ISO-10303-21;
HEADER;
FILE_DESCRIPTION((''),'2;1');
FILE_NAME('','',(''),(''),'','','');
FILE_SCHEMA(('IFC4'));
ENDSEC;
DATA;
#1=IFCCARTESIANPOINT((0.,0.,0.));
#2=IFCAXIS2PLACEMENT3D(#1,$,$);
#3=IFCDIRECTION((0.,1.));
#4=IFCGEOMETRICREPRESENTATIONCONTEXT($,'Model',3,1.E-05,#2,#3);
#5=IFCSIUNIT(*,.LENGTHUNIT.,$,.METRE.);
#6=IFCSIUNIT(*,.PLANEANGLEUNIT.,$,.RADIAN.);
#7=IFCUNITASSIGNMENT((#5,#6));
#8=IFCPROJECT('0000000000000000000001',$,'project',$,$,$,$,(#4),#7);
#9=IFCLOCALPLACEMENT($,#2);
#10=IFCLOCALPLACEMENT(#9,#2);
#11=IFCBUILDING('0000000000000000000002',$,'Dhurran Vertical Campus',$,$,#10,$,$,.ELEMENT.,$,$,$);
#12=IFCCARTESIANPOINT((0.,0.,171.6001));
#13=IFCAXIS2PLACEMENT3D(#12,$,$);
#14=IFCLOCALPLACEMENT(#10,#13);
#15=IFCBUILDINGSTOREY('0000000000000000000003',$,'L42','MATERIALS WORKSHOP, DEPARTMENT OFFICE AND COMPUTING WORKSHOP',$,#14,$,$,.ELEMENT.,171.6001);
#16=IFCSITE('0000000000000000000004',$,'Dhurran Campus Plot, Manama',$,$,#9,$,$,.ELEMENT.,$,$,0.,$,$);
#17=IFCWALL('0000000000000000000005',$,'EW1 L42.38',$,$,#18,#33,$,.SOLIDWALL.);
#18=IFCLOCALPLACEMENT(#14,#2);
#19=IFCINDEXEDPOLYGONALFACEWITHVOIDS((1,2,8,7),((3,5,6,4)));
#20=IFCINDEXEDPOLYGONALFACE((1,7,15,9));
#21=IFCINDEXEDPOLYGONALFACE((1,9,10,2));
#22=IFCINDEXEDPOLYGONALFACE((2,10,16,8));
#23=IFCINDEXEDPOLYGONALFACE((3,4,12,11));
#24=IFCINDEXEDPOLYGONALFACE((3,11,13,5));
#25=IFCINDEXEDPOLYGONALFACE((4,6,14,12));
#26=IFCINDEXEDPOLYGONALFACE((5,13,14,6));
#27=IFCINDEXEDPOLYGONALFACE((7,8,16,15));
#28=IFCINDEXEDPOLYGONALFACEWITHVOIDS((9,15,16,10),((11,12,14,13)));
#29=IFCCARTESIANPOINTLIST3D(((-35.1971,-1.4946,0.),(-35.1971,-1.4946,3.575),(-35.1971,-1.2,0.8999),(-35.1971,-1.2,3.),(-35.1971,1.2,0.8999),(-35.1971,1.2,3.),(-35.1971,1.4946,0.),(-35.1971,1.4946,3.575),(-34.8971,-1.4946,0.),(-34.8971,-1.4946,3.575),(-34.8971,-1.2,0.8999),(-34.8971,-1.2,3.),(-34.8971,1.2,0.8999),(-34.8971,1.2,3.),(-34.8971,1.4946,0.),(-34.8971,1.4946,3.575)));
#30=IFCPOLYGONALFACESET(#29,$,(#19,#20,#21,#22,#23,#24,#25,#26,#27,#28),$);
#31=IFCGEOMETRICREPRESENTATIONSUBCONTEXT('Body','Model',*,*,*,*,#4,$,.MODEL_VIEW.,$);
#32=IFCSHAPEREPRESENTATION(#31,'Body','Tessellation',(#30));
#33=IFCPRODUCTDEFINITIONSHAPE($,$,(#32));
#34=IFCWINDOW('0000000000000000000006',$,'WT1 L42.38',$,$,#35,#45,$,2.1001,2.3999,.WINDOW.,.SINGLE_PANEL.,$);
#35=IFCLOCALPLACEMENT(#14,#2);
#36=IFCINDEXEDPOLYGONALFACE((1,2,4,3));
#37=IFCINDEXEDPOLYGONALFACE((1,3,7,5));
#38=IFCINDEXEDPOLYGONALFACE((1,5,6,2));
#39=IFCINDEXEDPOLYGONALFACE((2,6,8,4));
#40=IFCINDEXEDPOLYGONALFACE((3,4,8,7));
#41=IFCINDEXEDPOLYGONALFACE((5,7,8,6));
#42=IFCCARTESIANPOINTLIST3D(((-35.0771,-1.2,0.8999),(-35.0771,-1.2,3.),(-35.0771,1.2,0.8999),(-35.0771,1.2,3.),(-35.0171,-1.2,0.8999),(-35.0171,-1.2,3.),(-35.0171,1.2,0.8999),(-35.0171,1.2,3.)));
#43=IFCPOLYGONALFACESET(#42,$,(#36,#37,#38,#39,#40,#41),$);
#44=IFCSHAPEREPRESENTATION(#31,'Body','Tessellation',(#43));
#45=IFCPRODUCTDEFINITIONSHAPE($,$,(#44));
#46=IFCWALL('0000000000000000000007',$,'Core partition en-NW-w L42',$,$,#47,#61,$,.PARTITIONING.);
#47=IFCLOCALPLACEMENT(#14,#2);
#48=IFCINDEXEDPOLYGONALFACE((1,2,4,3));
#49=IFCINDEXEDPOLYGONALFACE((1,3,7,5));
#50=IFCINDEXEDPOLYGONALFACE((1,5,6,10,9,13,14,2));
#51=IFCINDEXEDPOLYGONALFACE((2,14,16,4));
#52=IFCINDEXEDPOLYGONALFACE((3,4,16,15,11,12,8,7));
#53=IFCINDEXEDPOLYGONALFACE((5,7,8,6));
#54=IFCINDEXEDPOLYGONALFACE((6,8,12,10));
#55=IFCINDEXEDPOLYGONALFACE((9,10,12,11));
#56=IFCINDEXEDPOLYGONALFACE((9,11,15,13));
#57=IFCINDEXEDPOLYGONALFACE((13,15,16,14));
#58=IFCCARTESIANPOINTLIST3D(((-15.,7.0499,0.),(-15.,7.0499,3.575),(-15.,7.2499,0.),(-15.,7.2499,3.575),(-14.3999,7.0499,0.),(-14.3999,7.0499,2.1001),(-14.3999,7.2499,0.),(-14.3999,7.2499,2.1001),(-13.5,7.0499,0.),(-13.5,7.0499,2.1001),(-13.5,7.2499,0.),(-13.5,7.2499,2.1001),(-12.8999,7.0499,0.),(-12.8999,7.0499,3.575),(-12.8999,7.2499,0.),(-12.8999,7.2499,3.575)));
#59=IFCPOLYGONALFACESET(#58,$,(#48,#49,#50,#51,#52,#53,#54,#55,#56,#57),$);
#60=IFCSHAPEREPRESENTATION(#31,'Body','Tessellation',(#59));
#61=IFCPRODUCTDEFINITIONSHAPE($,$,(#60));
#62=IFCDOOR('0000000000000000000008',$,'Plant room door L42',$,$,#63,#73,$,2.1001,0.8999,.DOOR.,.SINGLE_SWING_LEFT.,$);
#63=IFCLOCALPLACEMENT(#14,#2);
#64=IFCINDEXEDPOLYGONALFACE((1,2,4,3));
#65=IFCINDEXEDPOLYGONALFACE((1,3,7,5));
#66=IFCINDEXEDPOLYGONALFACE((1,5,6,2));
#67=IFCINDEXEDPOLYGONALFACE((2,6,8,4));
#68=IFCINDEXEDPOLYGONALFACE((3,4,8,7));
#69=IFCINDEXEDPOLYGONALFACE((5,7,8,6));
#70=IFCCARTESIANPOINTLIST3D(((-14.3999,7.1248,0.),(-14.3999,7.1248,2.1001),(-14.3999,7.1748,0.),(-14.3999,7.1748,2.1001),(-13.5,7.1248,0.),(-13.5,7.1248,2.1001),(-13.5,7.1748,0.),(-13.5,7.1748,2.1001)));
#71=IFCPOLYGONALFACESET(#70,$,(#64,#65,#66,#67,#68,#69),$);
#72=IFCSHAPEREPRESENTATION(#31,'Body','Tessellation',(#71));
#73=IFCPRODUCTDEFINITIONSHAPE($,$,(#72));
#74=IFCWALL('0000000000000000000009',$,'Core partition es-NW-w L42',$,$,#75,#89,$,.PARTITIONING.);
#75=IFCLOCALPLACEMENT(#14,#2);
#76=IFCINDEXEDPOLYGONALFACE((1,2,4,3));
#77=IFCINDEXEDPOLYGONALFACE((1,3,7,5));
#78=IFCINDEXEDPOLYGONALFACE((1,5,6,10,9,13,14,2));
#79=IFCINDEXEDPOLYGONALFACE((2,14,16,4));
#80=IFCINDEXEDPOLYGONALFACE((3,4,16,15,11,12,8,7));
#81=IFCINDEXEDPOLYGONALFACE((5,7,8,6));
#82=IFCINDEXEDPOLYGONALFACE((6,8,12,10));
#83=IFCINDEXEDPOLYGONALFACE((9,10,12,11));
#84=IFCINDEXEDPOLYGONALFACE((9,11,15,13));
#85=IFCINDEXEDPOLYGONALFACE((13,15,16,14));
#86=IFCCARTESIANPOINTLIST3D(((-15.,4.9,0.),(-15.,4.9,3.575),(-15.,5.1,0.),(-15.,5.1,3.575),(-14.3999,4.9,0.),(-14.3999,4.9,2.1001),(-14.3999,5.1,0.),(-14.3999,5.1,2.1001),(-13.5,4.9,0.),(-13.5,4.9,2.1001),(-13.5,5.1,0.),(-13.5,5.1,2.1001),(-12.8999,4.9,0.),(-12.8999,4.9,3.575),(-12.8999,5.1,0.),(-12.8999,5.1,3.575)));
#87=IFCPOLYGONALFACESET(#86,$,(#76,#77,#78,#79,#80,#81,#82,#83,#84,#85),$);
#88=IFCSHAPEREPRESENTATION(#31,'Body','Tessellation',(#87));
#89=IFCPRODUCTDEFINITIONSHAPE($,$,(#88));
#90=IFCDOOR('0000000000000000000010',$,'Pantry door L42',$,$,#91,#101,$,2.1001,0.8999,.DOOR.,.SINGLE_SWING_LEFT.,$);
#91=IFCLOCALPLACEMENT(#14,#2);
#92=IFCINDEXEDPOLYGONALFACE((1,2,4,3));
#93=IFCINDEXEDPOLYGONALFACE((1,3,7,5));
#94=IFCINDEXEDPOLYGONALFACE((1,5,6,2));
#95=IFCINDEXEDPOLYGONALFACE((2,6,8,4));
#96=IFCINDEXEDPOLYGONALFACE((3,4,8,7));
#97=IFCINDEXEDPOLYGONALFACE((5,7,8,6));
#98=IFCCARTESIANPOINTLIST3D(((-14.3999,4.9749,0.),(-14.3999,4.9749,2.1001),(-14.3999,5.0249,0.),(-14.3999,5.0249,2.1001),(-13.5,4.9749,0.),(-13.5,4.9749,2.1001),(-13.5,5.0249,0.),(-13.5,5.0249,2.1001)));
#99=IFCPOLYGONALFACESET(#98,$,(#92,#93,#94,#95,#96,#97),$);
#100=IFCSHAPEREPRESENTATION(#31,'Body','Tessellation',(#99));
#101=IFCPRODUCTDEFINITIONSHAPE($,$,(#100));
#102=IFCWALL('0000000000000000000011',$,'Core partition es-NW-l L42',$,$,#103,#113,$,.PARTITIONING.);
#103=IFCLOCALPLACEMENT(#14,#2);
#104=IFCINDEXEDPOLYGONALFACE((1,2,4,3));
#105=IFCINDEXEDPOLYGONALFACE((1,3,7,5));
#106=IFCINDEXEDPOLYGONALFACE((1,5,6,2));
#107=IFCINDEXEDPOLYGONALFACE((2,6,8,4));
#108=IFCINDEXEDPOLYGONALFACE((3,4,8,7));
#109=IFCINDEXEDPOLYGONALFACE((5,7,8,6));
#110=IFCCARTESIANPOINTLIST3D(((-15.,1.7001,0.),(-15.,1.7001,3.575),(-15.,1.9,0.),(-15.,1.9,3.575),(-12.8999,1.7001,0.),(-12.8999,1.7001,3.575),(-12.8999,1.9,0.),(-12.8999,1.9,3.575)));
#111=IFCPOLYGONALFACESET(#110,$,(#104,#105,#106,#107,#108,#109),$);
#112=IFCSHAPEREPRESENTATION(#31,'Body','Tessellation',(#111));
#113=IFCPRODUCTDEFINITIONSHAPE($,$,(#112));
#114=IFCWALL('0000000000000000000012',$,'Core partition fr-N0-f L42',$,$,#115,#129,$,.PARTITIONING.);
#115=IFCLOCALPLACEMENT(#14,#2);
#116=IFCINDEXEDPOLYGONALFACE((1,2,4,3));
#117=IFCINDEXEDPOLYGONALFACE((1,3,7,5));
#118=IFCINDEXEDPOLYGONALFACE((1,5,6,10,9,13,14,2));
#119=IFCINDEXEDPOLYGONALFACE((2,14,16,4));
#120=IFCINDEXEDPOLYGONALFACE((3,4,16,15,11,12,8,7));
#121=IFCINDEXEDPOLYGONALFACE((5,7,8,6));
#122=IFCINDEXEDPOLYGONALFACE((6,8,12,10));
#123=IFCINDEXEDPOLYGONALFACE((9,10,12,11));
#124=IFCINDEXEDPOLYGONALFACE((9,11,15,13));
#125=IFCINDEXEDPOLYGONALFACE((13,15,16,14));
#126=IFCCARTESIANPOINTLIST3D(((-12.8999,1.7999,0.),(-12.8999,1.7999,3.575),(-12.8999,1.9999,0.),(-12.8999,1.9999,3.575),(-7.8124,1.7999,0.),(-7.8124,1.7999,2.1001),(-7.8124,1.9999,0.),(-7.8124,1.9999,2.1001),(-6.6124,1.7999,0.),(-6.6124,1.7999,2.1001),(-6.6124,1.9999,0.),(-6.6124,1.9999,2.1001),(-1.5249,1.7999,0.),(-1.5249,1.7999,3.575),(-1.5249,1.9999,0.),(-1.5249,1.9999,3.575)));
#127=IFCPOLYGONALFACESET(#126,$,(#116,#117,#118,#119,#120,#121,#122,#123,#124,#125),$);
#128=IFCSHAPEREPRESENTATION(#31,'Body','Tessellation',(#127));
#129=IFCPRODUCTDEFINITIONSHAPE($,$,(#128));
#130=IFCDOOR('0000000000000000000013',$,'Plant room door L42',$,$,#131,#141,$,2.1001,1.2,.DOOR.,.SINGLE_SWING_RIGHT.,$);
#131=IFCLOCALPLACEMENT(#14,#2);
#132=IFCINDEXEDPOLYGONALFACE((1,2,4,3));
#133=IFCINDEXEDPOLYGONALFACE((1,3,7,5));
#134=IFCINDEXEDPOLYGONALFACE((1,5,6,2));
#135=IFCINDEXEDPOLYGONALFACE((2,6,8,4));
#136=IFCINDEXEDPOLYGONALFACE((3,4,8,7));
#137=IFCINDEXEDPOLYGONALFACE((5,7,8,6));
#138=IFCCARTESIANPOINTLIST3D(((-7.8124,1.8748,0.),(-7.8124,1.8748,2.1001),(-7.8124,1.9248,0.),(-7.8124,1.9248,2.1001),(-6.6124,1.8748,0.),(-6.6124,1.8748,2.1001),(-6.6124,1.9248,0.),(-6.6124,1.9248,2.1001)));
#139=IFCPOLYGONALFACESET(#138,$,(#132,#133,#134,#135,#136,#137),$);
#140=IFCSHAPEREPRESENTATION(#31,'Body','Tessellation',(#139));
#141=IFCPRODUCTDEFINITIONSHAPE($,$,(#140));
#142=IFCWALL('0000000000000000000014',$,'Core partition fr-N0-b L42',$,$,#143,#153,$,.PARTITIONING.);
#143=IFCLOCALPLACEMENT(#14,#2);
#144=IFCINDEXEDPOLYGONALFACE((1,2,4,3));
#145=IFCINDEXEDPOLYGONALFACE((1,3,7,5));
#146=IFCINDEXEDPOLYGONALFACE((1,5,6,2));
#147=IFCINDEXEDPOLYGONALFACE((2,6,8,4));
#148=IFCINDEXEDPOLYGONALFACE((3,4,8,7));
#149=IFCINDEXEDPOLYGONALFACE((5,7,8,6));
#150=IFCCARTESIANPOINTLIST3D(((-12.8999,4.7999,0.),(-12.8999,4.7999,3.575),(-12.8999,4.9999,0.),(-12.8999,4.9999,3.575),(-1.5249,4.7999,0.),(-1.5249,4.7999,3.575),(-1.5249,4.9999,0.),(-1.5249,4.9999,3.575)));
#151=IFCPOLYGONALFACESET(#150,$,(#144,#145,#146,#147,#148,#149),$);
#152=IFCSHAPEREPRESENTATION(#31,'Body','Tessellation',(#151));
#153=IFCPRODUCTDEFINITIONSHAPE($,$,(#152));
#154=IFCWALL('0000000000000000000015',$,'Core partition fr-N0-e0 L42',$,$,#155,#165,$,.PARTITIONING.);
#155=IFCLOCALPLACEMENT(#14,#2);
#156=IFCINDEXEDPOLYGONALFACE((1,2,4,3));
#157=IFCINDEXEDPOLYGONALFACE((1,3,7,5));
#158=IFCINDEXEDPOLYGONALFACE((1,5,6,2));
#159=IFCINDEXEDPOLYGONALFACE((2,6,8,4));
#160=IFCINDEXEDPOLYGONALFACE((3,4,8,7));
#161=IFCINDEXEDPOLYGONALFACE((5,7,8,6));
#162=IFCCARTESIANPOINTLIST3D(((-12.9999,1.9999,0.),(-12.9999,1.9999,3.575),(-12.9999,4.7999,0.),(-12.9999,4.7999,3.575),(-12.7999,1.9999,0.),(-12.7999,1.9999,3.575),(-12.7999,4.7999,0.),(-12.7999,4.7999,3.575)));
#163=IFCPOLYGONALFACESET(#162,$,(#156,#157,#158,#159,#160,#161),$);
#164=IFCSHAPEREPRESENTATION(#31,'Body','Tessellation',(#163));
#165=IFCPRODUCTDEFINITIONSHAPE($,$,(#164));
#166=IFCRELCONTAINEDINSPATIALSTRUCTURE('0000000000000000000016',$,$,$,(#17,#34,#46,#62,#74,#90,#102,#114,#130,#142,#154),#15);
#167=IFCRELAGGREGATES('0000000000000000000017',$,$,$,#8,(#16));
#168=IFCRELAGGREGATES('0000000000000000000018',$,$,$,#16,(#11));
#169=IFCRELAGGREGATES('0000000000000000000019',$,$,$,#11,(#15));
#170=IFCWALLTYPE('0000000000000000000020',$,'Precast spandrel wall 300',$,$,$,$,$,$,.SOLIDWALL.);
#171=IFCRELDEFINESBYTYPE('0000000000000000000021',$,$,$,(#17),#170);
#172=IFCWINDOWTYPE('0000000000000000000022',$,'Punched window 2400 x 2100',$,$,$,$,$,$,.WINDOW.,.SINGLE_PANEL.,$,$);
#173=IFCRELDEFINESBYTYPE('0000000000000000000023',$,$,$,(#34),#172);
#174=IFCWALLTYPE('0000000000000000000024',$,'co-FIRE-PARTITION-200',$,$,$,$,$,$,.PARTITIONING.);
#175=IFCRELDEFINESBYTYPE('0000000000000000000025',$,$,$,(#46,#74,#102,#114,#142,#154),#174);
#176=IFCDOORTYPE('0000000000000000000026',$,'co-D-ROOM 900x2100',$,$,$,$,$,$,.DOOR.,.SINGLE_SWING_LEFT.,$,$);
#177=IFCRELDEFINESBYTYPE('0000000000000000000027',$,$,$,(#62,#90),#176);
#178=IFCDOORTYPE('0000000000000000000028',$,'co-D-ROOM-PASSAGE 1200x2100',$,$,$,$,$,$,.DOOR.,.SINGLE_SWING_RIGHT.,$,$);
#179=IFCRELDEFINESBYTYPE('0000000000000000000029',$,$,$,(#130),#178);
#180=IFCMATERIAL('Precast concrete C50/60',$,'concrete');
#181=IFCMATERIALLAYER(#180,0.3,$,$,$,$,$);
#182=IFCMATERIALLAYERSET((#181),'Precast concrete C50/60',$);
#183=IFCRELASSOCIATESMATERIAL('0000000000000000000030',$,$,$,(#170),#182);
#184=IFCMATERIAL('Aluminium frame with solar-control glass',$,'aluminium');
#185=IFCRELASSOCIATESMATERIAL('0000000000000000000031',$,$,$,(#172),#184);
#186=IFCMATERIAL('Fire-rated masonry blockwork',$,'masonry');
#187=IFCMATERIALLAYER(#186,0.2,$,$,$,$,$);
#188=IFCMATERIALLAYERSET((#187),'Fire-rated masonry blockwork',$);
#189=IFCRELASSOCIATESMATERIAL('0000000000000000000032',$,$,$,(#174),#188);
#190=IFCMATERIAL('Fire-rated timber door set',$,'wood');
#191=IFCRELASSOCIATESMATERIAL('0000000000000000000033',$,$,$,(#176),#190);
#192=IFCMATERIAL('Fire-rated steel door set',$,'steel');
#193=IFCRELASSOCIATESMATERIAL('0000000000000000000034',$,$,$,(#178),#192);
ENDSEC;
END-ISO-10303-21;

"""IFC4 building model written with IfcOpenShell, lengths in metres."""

from ifc_helpers import new_model, si_unit, direction, frame, frame_2d, origin, place, context, subcontext, project, spatial, rectangle, extrude, material, layer, layer_set, type_object, element, fill, save


model = new_model("IFC4")

# Units and contexts
model_context = context("Model", 3, precision=1e-05, world=origin(), true_north=direction((0.0, 1.0)))
body_context = subcontext(model_context, "Body", "Model", "MODEL_VIEW")
ifc_project = project(units=[si_unit("LENGTHUNIT", "METRE"), si_unit("PLANEANGLEUNIT", "RADIAN")], contexts=[model_context])

# Site, building, storey
site_placement = place(None, origin())
site = spatial("IfcSite", under=ifc_project, at=site_placement, Name="Dhurran Campus Plot, Manama", CompositionType="ELEMENT", RefElevation=0.0)
building_placement = place(site_placement, origin())
building = spatial("IfcBuilding", under=site, at=building_placement, Name="Dhurran Vertical Campus", CompositionType="ELEMENT")
storey_placement = place(building_placement, frame((0.0, 0.0, 171.6001)))
storey = spatial("IfcBuildingStorey", under=building, at=storey_placement, Name="L42", Description="MATERIALS WORKSHOP, DEPARTMENT OFFICE AND COMPUTING WORKSHOP", CompositionType="ELEMENT", Elevation=171.6001)

# Wall, opening, window
ifc_material_1 = material(Name="Precast concrete C50/60", Category="concrete")
ifc_layer_1 = layer(ifc_material_1, 0.3)
ifc_layer_set_1 = layer_set([ifc_layer_1], Name="Precast concrete C50/60")
wall_type_1 = type_object("IfcWallType", Name="Precast spandrel wall 300", PredefinedType="SOLIDWALL", material=ifc_layer_set_1)
ifc_material_2 = material(Name="Aluminium frame with solar-control glass", Category="aluminium")
window_type = type_object("IfcWindowType", Name="Punched window 2400 x 2100", PartitioningType="SINGLE_PANEL", PredefinedType="WINDOW", material=ifc_material_2)
wall_1_placement = place(storey_placement, frame((-35.0471, 1.4946, 0.0), z_axis=(0.0, 0.0, 1.0), x_axis=(0.0, -1.0, 0.0)))
wall_1 = element("IfcWall", 1, at=wall_1_placement, inside=storey, type_object=wall_type_1, Name="EW1 L42.38", PredefinedType="SOLIDWALL", context=body_context, shape_type="SweptSolid", body=[
    extrude(rectangle(XDim=2.9893, YDim=0.3, at=frame_2d((1.4946, 0.0))), origin(), (0.0, 0.0, 1.0), 3.575),
])
opening_1_placement = place(wall_1_placement, frame((0.2947, 0.0, 0.8999)))
opening_1 = element("IfcOpeningElement", 2, at=opening_1_placement, cuts=wall_1, PredefinedType="OPENING", context=body_context, shape_type="SweptSolid", body=[
    extrude(rectangle(XDim=2.3999, YDim=2.1001, at=frame_2d((1.2, 1.05))), frame((0.0, 0.1599, 0.0), z_axis=(0.0, -1.0, 0.0), x_axis=(1.0, 0.0, 0.0)), (0.0, 0.0, 1.0), 0.3201),
])
window_1_placement = place(opening_1_placement, origin())
window_1 = element("IfcWindow", 3, at=window_1_placement, inside=storey, type_object=window_type, Name="WT1 L42.38", OverallHeight=2.1001, OverallWidth=2.3999, PartitioningType="SINGLE_PANEL", PredefinedType="WINDOW", context=body_context, shape_type="SweptSolid", body=[
    extrude(rectangle(XDim=2.3999, YDim=2.1001, at=frame_2d((1.2, 1.05))), frame((0.0, 0.03, 0.0), z_axis=(0.0, -1.0, 0.0), x_axis=(1.0, 0.0, 0.0)), (0.0, 0.0, 1.0), 0.0601),
])
fill(opening_1, window_1)

# Walls, openings, doors
ifc_material_3 = material(Name="Fire-rated masonry blockwork", Category="masonry")
ifc_layer_2 = layer(ifc_material_3, 0.2)
ifc_layer_set_2 = layer_set([ifc_layer_2], Name="Fire-rated masonry blockwork")
wall_type_2 = type_object("IfcWallType", Name="co-FIRE-PARTITION-200", PredefinedType="PARTITIONING", material=ifc_layer_set_2)
wall_2_placement = place(storey_placement, frame((-15.0, 7.1499, 0.0), z_axis=(0.0, 0.0, 1.0), x_axis=(1.0, 0.0, 0.0)))
wall_2 = element("IfcWall", 4, at=wall_2_placement, inside=storey, type_object=wall_type_2, Name="Core partition en-NW-w L42", PredefinedType="PARTITIONING", context=body_context, shape_type="SweptSolid", body=[
    extrude(rectangle(XDim=2.1001, YDim=0.2, at=frame_2d((1.05, 0.0))), origin(), (0.0, 0.0, 1.0), 3.575),
])
opening_2_placement = place(wall_2_placement, frame((0.6001, 0.0, 0.0)))
opening_2 = element("IfcOpeningElement", 5, at=opening_2_placement, cuts=wall_2, PredefinedType="OPENING", context=body_context, shape_type="SweptSolid", body=[
    extrude(rectangle(XDim=0.8999, YDim=2.1001, at=frame_2d((0.45, 1.05))), frame((0.0, 0.1099, 0.0), z_axis=(0.0, -1.0, 0.0), x_axis=(1.0, 0.0, 0.0)), (0.0, 0.0, 1.0), 0.22),
])
ifc_material_4 = material(Name="Fire-rated timber door set", Category="wood")
door_type_1 = type_object("IfcDoorType", Name="co-D-ROOM 900x2100", OperationType="SINGLE_SWING_LEFT", PredefinedType="DOOR", material=ifc_material_4)
door_1_placement = place(opening_2_placement, origin())
door_1 = element("IfcDoor", 6, at=door_1_placement, inside=storey, type_object=door_type_1, Name="Plant room door L42", OperationType="SINGLE_SWING_LEFT", OverallHeight=2.1001, OverallWidth=0.8999, PredefinedType="DOOR", context=body_context, shape_type="SweptSolid", body=[
    extrude(rectangle(XDim=0.8999, YDim=2.1001, at=frame_2d((0.45, 1.05))), frame((0.0, 0.0249, 0.0), z_axis=(0.0, -1.0, 0.0), x_axis=(1.0, 0.0, 0.0)), (0.0, 0.0, 1.0), 0.05),
])
fill(opening_2, door_1)
wall_3_placement = place(storey_placement, frame((-15.0, 5.0, 0.0), z_axis=(0.0, 0.0, 1.0), x_axis=(1.0, 0.0, 0.0)))
wall_3 = element("IfcWall", 7, at=wall_3_placement, inside=storey, type_object=wall_type_2, Name="Core partition es-NW-w L42", PredefinedType="PARTITIONING", context=body_context, shape_type="SweptSolid", body=[
    extrude(rectangle(XDim=2.1001, YDim=0.2, at=frame_2d((1.05, 0.0))), origin(), (0.0, 0.0, 1.0), 3.575),
])
opening_3_placement = place(wall_3_placement, frame((0.6001, 0.0, 0.0)))
opening_3 = element("IfcOpeningElement", 8, at=opening_3_placement, cuts=wall_3, PredefinedType="OPENING", context=body_context, shape_type="SweptSolid", body=[
    extrude(rectangle(XDim=0.8999, YDim=2.1001, at=frame_2d((0.45, 1.05))), frame((0.0, 0.1099, 0.0), z_axis=(0.0, -1.0, 0.0), x_axis=(1.0, 0.0, 0.0)), (0.0, 0.0, 1.0), 0.22),
])
door_2_placement = place(opening_3_placement, origin())
door_2 = element("IfcDoor", 9, at=door_2_placement, inside=storey, type_object=door_type_1, Name="Pantry door L42", OperationType="SINGLE_SWING_LEFT", OverallHeight=2.1001, OverallWidth=0.8999, PredefinedType="DOOR", context=body_context, shape_type="SweptSolid", body=[
    extrude(rectangle(XDim=0.8999, YDim=2.1001, at=frame_2d((0.45, 1.05))), frame((0.0, 0.0249, 0.0), z_axis=(0.0, -1.0, 0.0), x_axis=(1.0, 0.0, 0.0)), (0.0, 0.0, 1.0), 0.05),
])
fill(opening_3, door_2)

# Wall
wall_4_placement = place(storey_placement, frame((-15.0, 1.8, 0.0), z_axis=(0.0, 0.0, 1.0), x_axis=(1.0, 0.0, 0.0)))
element("IfcWall", 10, at=wall_4_placement, inside=storey, type_object=wall_type_2, Name="Core partition es-NW-l L42", PredefinedType="PARTITIONING", context=body_context, shape_type="SweptSolid", body=[
    extrude(rectangle(XDim=2.1001, YDim=0.2, at=frame_2d((1.05, 0.0))), origin(), (0.0, 0.0, 1.0), 3.575),
])

# Wall, opening, door
wall_5_placement = place(storey_placement, frame((-12.8999, 1.8999, 0.0), z_axis=(0.0, 0.0, 1.0), x_axis=(1.0, 0.0, 0.0)))
wall_5 = element("IfcWall", 11, at=wall_5_placement, inside=storey, type_object=wall_type_2, Name="Core partition fr-N0-f L42", PredefinedType="PARTITIONING", context=body_context, shape_type="SweptSolid", body=[
    extrude(rectangle(XDim=11.375, YDim=0.2, at=frame_2d((5.6875, 0.0))), origin(), (0.0, 0.0, 1.0), 3.575),
])
opening_4_placement = place(wall_5_placement, frame((5.0874, 0.0, 0.0)))
opening_4 = element("IfcOpeningElement", 12, at=opening_4_placement, cuts=wall_5, PredefinedType="OPENING", context=body_context, shape_type="SweptSolid", body=[
    extrude(rectangle(XDim=1.2, YDim=2.1001, at=frame_2d((0.6001, 1.05))), frame((0.0, 0.1099, 0.0), z_axis=(0.0, -1.0, 0.0), x_axis=(1.0, 0.0, 0.0)), (0.0, 0.0, 1.0), 0.22),
])
ifc_material_5 = material(Name="Fire-rated steel door set", Category="steel")
door_type_2 = type_object("IfcDoorType", Name="co-D-ROOM-PASSAGE 1200x2100", OperationType="SINGLE_SWING_RIGHT", PredefinedType="DOOR", material=ifc_material_5)
door_3_placement = place(opening_4_placement, origin())
door_3 = element("IfcDoor", 13, at=door_3_placement, inside=storey, type_object=door_type_2, Name="Plant room door L42", OperationType="SINGLE_SWING_RIGHT", OverallHeight=2.1001, OverallWidth=1.2, PredefinedType="DOOR", context=body_context, shape_type="SweptSolid", body=[
    extrude(rectangle(XDim=1.2, YDim=2.1001, at=frame_2d((0.6001, 1.05))), frame((0.0, 0.0249, 0.0), z_axis=(0.0, -1.0, 0.0), x_axis=(1.0, 0.0, 0.0)), (0.0, 0.0, 1.0), 0.05),
])
fill(opening_4, door_3)

# Walls
wall_6_placement = place(storey_placement, frame((-12.8999, 4.8999, 0.0), z_axis=(0.0, 0.0, 1.0), x_axis=(1.0, 0.0, 0.0)))
element("IfcWall", 14, at=wall_6_placement, inside=storey, type_object=wall_type_2, Name="Core partition fr-N0-b L42", PredefinedType="PARTITIONING", context=body_context, shape_type="SweptSolid", body=[
    extrude(rectangle(XDim=11.375, YDim=0.2, at=frame_2d((5.6875, 0.0))), origin(), (0.0, 0.0, 1.0), 3.575),
])
wall_7_placement = place(storey_placement, frame((-12.8999, 2.0, 0.0), z_axis=(0.0, 0.0, 1.0), x_axis=(0.0, 1.0, 0.0)))
element("IfcWall", 15, at=wall_7_placement, inside=storey, type_object=wall_type_2, Name="Core partition fr-N0-e0 L42", PredefinedType="PARTITIONING", context=body_context, shape_type="SweptSolid", body=[
    extrude(rectangle(XDim=2.8, YDim=0.2, at=frame_2d((1.3999, 0.0))), origin(), (0.0, 0.0, 1.0), 3.575),
])

save(model, "model.ifc")
